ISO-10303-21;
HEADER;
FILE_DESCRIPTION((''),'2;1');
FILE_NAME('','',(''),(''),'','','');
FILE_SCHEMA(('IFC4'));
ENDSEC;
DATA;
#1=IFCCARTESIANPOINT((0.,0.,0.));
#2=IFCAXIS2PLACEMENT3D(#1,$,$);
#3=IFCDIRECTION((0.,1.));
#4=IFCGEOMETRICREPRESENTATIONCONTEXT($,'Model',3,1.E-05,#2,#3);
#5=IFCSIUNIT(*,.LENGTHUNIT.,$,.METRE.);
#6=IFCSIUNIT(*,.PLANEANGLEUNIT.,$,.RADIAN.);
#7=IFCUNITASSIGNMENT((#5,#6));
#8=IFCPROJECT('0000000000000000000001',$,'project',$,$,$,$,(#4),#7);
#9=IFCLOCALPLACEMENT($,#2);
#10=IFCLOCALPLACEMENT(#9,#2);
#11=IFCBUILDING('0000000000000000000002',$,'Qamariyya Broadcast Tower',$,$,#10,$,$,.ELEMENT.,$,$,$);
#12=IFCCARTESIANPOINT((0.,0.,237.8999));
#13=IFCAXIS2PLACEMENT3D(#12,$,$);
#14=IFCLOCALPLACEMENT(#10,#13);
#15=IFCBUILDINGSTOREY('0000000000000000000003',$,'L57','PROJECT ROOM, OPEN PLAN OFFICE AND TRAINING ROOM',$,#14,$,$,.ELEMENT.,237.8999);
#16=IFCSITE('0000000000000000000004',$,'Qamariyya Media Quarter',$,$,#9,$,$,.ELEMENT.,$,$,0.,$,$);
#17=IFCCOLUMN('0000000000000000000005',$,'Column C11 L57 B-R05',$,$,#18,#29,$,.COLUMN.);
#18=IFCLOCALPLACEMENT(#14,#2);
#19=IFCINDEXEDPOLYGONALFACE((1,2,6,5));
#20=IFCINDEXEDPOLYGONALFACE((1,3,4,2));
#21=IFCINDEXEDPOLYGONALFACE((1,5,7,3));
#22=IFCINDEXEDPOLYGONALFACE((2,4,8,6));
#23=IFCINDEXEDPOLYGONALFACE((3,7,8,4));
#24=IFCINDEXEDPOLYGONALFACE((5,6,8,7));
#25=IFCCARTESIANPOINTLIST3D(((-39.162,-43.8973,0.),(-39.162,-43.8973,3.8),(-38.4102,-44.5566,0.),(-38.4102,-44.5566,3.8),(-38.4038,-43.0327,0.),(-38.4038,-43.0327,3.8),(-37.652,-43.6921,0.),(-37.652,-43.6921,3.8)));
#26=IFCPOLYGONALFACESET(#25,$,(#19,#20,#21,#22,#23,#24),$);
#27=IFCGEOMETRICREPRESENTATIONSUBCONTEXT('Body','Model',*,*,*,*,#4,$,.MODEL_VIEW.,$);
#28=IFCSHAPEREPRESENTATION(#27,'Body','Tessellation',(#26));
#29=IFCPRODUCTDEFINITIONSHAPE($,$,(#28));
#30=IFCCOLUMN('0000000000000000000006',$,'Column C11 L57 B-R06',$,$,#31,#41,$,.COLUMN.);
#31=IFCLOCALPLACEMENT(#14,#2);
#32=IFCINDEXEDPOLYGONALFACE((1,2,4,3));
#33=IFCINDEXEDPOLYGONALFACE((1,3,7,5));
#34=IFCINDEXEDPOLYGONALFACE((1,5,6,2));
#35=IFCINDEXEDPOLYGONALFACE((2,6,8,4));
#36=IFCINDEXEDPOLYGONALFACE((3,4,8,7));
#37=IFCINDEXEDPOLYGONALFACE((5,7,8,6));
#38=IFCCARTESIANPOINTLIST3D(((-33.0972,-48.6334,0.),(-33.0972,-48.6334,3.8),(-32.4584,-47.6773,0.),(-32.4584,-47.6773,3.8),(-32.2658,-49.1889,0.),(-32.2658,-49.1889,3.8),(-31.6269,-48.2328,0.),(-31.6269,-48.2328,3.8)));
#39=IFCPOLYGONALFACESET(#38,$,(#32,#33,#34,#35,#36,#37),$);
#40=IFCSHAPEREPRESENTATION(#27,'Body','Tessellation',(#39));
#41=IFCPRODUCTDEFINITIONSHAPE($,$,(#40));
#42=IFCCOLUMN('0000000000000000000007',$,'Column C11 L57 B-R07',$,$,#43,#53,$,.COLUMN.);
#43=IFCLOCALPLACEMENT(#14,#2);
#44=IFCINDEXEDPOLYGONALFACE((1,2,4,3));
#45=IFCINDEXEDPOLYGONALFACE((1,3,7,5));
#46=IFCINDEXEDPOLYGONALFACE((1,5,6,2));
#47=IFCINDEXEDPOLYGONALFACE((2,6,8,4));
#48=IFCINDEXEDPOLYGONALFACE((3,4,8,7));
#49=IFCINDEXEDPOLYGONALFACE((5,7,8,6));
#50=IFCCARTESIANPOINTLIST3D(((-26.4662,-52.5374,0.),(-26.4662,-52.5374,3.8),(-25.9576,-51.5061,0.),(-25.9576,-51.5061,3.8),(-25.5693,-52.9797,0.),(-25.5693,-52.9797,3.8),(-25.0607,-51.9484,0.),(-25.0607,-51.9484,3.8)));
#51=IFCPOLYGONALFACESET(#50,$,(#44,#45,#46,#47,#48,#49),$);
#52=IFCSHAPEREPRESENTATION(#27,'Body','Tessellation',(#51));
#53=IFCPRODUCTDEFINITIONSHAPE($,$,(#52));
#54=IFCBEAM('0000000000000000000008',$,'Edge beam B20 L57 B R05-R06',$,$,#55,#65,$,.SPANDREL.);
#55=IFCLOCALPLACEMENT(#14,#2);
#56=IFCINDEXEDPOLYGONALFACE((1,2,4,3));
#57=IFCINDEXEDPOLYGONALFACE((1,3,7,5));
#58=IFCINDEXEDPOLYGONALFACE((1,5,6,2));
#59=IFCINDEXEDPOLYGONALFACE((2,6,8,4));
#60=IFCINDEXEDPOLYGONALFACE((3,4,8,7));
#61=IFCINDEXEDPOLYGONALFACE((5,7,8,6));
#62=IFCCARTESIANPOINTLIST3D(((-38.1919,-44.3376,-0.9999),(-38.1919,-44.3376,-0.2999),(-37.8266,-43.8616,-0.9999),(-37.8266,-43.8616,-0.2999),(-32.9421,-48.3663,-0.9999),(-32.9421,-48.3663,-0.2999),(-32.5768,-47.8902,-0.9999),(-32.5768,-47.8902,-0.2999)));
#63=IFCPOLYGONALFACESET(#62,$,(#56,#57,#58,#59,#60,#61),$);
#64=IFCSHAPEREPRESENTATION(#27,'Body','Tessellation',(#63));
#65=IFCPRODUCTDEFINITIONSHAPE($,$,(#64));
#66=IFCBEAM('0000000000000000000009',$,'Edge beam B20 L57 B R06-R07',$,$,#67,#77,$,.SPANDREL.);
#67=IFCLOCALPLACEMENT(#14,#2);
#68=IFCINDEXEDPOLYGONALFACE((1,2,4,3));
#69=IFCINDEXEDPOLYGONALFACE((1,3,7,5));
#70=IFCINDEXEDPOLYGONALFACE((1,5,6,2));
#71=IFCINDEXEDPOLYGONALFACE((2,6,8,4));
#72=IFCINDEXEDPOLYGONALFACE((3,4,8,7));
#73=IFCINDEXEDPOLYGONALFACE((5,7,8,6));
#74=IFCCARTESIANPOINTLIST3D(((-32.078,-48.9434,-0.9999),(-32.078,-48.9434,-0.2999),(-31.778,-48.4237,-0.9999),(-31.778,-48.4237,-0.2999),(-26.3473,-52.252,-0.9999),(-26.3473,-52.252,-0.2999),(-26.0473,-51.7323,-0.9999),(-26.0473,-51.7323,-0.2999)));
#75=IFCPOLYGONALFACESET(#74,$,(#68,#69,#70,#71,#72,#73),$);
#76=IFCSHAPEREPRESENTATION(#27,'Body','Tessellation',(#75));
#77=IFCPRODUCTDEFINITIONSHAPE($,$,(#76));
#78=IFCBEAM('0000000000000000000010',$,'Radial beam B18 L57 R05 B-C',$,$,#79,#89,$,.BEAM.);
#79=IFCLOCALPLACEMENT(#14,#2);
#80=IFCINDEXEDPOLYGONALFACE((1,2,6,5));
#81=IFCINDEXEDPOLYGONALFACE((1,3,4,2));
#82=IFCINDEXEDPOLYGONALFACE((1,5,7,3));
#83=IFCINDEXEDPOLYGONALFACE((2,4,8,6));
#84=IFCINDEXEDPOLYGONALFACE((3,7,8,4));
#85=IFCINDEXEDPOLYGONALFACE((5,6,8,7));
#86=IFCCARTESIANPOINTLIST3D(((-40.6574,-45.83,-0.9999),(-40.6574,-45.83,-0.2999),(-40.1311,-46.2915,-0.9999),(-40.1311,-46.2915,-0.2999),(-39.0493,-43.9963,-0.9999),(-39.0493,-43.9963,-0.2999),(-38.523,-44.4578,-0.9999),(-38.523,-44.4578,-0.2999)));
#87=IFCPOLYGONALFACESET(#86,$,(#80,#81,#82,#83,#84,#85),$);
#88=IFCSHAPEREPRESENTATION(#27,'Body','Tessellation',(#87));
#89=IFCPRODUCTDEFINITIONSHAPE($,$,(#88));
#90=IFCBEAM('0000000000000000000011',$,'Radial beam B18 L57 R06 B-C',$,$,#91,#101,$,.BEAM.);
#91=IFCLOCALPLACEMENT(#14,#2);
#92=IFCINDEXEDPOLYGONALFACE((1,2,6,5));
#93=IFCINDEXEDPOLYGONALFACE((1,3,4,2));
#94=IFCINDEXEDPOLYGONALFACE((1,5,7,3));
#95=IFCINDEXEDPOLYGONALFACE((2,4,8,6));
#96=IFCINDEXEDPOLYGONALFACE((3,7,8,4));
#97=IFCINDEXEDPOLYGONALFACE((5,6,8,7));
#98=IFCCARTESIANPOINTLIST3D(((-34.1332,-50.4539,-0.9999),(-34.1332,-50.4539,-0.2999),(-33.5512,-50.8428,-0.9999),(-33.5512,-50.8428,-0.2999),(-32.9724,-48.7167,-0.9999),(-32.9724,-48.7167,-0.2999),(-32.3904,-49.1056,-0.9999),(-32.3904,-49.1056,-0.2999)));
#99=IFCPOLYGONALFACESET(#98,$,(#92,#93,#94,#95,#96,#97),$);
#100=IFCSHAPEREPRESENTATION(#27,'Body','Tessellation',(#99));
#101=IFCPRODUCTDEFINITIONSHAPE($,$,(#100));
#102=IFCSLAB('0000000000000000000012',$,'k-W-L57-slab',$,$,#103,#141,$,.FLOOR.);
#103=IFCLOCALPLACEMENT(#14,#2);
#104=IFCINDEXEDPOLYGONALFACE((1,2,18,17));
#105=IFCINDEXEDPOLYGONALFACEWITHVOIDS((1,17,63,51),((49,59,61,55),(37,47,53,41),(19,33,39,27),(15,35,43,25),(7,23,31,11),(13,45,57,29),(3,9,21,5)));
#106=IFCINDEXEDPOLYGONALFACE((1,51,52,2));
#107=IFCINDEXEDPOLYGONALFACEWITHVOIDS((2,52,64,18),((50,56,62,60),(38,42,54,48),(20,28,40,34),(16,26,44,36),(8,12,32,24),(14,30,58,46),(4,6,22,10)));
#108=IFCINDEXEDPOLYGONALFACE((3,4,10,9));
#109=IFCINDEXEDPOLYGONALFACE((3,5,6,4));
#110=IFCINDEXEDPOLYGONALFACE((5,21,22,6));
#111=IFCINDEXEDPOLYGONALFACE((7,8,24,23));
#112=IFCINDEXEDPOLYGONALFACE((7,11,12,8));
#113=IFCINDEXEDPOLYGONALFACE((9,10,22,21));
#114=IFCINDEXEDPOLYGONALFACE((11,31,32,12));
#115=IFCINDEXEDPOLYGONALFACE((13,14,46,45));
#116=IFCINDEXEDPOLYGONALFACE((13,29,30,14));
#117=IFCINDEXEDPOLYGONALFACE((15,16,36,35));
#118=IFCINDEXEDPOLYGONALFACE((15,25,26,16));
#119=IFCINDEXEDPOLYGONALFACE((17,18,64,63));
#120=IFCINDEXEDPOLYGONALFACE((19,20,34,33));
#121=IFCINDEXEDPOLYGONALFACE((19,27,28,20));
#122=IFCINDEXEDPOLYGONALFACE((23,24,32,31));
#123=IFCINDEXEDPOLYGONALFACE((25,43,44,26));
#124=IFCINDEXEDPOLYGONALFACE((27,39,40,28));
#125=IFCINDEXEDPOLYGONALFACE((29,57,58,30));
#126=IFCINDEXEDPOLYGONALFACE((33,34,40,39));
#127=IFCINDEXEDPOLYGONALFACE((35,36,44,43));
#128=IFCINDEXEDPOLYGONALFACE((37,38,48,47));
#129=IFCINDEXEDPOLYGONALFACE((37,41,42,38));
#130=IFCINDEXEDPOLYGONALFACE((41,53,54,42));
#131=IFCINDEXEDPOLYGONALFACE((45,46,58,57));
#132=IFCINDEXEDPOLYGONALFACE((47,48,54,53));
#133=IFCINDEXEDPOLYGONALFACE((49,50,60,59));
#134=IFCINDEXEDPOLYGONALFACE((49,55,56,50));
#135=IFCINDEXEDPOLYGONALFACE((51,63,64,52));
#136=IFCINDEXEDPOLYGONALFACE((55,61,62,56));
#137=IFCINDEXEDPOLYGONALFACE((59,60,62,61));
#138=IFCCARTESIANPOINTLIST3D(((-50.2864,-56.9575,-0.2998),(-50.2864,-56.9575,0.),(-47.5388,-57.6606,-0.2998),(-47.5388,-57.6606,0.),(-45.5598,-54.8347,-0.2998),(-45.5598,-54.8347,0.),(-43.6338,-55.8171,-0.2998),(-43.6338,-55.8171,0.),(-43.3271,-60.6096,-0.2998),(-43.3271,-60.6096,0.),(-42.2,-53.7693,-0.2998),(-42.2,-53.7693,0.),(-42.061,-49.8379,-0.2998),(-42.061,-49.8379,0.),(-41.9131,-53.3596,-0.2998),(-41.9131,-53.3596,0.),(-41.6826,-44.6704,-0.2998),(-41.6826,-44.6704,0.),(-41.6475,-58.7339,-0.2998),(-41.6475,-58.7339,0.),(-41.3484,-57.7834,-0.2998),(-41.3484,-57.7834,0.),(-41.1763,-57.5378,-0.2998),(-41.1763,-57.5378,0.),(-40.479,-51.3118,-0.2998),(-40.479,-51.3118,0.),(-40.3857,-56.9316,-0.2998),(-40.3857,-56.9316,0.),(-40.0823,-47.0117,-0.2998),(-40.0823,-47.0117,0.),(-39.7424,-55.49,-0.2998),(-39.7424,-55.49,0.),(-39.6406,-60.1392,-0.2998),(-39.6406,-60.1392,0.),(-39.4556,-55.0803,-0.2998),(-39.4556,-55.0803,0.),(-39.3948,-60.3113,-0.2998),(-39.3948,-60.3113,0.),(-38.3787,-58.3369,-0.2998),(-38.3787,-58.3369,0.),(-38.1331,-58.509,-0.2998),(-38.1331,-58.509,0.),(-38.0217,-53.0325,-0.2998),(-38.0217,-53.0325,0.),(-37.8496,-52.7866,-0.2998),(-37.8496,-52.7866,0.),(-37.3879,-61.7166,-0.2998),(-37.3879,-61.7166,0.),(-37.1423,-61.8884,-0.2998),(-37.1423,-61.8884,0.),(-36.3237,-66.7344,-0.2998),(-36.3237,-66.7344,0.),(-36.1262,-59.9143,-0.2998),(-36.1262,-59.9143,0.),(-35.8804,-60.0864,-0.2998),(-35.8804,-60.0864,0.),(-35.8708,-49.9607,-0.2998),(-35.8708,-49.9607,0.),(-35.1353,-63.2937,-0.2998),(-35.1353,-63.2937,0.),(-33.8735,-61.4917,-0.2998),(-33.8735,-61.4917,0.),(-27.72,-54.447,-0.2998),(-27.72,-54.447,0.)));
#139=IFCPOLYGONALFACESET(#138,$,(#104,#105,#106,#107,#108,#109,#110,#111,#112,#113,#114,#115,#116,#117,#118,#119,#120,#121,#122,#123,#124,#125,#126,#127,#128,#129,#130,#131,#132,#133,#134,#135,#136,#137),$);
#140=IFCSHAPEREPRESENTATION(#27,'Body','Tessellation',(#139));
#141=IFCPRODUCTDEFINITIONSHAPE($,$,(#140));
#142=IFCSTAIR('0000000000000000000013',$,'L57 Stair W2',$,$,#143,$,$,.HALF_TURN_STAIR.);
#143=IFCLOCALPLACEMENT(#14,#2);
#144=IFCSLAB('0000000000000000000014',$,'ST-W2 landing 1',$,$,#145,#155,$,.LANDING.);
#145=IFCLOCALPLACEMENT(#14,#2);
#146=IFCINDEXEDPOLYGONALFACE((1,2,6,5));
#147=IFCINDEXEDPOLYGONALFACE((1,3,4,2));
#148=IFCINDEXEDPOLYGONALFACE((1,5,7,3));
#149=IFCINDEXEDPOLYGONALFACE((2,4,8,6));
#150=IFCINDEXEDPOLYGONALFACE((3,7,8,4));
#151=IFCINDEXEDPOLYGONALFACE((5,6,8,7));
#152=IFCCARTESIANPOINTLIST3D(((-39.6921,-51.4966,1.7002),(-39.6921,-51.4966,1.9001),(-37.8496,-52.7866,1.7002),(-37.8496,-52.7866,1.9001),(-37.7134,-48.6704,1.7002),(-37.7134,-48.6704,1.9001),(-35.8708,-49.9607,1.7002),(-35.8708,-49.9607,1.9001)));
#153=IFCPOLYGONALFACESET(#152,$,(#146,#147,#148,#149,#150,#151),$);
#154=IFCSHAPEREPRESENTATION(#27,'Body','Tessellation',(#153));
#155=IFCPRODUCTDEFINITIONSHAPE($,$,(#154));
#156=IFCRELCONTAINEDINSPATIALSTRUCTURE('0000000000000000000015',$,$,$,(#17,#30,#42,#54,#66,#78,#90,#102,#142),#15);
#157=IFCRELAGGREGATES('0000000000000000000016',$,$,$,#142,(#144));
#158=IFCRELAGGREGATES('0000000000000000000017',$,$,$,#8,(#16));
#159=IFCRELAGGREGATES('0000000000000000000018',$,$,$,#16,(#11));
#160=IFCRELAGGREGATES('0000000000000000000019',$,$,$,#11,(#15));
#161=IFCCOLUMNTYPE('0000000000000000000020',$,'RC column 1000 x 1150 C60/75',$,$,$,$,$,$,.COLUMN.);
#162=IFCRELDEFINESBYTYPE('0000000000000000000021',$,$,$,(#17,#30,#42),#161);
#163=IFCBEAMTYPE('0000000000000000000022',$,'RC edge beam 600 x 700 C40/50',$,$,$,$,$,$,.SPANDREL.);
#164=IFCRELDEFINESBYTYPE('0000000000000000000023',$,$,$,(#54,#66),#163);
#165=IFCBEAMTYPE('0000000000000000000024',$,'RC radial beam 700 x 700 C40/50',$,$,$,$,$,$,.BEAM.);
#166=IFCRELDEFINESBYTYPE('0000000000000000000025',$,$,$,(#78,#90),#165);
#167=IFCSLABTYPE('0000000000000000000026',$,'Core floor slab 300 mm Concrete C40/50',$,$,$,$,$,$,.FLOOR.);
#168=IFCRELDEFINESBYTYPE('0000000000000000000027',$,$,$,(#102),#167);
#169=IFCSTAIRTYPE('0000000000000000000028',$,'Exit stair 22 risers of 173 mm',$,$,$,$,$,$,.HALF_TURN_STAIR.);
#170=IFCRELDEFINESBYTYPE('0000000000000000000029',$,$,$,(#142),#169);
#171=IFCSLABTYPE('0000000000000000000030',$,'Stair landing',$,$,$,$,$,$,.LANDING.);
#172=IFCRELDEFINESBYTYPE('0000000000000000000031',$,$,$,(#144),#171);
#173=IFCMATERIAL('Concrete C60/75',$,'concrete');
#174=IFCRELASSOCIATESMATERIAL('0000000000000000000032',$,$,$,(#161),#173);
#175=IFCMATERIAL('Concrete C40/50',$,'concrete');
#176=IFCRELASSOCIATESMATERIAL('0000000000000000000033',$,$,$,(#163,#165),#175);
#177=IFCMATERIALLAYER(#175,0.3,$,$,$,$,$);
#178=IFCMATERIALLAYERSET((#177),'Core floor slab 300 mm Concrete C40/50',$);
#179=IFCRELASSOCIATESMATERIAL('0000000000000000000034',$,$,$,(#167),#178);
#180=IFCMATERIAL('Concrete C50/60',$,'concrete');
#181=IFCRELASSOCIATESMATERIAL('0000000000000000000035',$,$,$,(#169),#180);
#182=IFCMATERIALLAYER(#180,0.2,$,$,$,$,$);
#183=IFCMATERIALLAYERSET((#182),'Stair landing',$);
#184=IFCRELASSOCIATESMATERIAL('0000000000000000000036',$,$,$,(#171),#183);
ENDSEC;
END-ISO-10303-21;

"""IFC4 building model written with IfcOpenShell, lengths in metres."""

from ifc_helpers import new_model, si_unit, direction, frame, origin, origin_2d, place, context, subcontext, project, spatial, polyline, rectangle, outline, extrude, material, layer, layer_set, material_profile, profile_set, type_object, element, aggregate, save


model = new_model("IFC4")

# Units and contexts
model_context = context("Model", 3, precision=1e-05, world=origin(), true_north=direction((0.0, 1.0)))
body_context = subcontext(model_context, "Body", "Model", "MODEL_VIEW")
ifc_project = project(units=[si_unit("LENGTHUNIT", "METRE"), si_unit("PLANEANGLEUNIT", "RADIAN")], contexts=[model_context])

# Site, building, storey
site_placement = place(None, origin())
site = spatial("IfcSite", under=ifc_project, at=site_placement, Name="Qamariyya Media Quarter", CompositionType="ELEMENT", RefElevation=0.0)
building_placement = place(site_placement, origin())
building = spatial("IfcBuilding", under=site, at=building_placement, Name="Qamariyya Broadcast Tower", CompositionType="ELEMENT")
storey_placement = place(building_placement, frame((0.0, 0.0, 237.8999)))
storey = spatial("IfcBuildingStorey", under=building, at=storey_placement, Name="L57", Description="PROJECT ROOM, OPEN PLAN OFFICE AND TRAINING ROOM", CompositionType="ELEMENT", Elevation=237.8999)

# Columns
ifc_material_1 = material(Name="Concrete C60/75", Category="concrete")
ifc_material_profile_1 = material_profile(ifc_material_1, rectangle(XDim=1.0, YDim=1.1499, at=origin_2d()))
ifc_profile_set_1 = profile_set([ifc_material_profile_1], Name="Concrete C60/75")
column_type = type_object("IfcColumnType", Name="RC column 1000 x 1150 C60/75", PredefinedType="COLUMN", material=ifc_profile_set_1)
for number, where, z_axis, x_axis, name in (
    (1, (-38.407, -43.7947, 0.0), (0.0, 0.0, 1.0), (0.75184, -0.659346, 0.0), "Column C11 L57 B-R05"),
    (2, (-32.3621, -48.4331, 0.0), (0.0, 0.0, 1.0), (0.83147, -0.55557, 0.0), "Column C11 L57 B-R06"),
    (3, (-25.7634, -52.2429, 0.0), (0.0, 0.0, 1.0), (0.896873, -0.442289, 0.0), "Column C11 L57 B-R07"),
):
    element("IfcColumn", number, at=place(storey_placement, frame(where, z_axis=z_axis, x_axis=x_axis)), inside=storey, type_object=column_type, Name=name, PredefinedType="COLUMN", context=body_context, shape_type="SweptSolid", body=[
        extrude(rectangle(XDim=1.0, YDim=1.1499, at=origin_2d()), origin(), (0.0, 0.0, 1.0), 3.8),
    ])

# Beams
ifc_material_2 = material(Name="Concrete C40/50", Category="concrete")
ifc_material_profile_2 = material_profile(ifc_material_2, rectangle(XDim=0.6001, YDim=0.7, at=origin_2d()))
ifc_profile_set_2 = profile_set([ifc_material_profile_2], Name="Concrete C40/50")
beam_type_1 = type_object("IfcBeamType", Name="RC edge beam 600 x 700 C40/50", PredefinedType="SPANDREL", material=ifc_profile_set_2)
beam_1_placement = place(storey_placement, frame((-38.0093, -44.0996, -0.6499), z_axis=(0.793333, -0.608789, 0.0), x_axis=(0.608789, 0.793333, 0.0)))
element("IfcBeam", 4, at=beam_1_placement, inside=storey, type_object=beam_type_1, Name="Edge beam B20 L57 B R05-R06", PredefinedType="SPANDREL", context=body_context, shape_type="SweptSolid", body=[
    extrude(rectangle(XDim=0.6001, YDim=0.7, at=origin_2d()), origin(), (0.0, 0.0, 1.0), 6.6174),
])
beam_2_placement = place(storey_placement, frame((-31.928, -48.6836, -0.6499), z_axis=(0.866028, -0.499996, 0.0), x_axis=(0.499996, 0.866028, 0.0)))
element("IfcBeam", 5, at=beam_2_placement, inside=storey, type_object=beam_type_1, Name="Edge beam B20 L57 B R06-R07", PredefinedType="SPANDREL", context=body_context, shape_type="SweptSolid", body=[
    extrude(rectangle(XDim=0.6001, YDim=0.7, at=origin_2d()), origin(), (0.0, 0.0, 1.0), 6.6172),
])
ifc_material_profile_3 = material_profile(ifc_material_2, rectangle(XDim=0.7, YDim=0.7, at=origin_2d()))
ifc_profile_set_3 = profile_set([ifc_material_profile_3], Name="Concrete C40/50")
beam_type_2 = type_object("IfcBeamType", Name="RC radial beam 700 x 700 C40/50", PredefinedType="BEAM", material=ifc_profile_set_3)
beam_3_placement = place(storey_placement, frame((-38.7861, -44.2271, -0.6499), z_axis=(-0.659348, -0.751838, 0.0), x_axis=(0.751838, -0.659348, 0.0)))
element("IfcBeam", 6, at=beam_3_placement, inside=storey, type_object=beam_type_2, Name="Radial beam B18 L57 R05 B-C", PredefinedType="BEAM", context=body_context, shape_type="SweptSolid", body=[
    extrude(rectangle(XDim=0.7, YDim=0.7, at=origin_2d()), origin(), (0.0, 0.0, 1.0), 2.439),
])
beam_4_placement = place(storey_placement, frame((-32.6814, -48.9111, -0.6499), z_axis=(-0.55559, -0.831457, 0.0), x_axis=(0.831457, -0.55559, 0.0)))
element("IfcBeam", 7, at=beam_4_placement, inside=storey, type_object=beam_type_2, Name="Radial beam B18 L57 R06 B-C", PredefinedType="BEAM", context=body_context, shape_type="SweptSolid", body=[
    extrude(rectangle(XDim=0.7, YDim=0.7, at=origin_2d()), origin(), (0.0, 0.0, 1.0), 2.0894),
])

# Slab
ifc_layer_1 = layer(ifc_material_2, 0.3)
ifc_layer_set_1 = layer_set([ifc_layer_1], Name="Core floor slab 300 mm Concrete C40/50")
slab_type_1 = type_object("IfcSlabType", Name="Core floor slab 300 mm Concrete C40/50", PredefinedType="FLOOR", material=ifc_layer_set_1)
slab_1_placement = place(storey_placement, frame((0.0, 0.0, -0.2998)))
element("IfcSlab", 8, at=slab_1_placement, inside=storey, type_object=slab_type_1, Name="k-W-L57-slab", PredefinedType="FLOOR", context=body_context, shape_type="SweptSolid", body=[
    extrude(outline(polyline([(-50.2864, -56.9575), (-36.3237, -66.7344), (-27.72, -54.447), (-41.6826, -44.6704), (-50.2864, -56.9575)]), holes=[polyline([(-33.8735, -61.4917), (-35.8804, -60.0864), (-37.1423, -61.8884), (-35.1353, -63.2937), (-33.8735, -61.4917)]), polyline([(-36.1262, -59.9143), (-38.1331, -58.509), (-39.3948, -60.3113), (-37.3879, -61.7166), (-36.1262, -59.9143)]), polyline([(-38.3787, -58.3369), (-40.3857, -56.9316), (-41.6475, -58.7339), (-39.6406, -60.1392), (-38.3787, -58.3369)]), polyline([(-39.7424, -55.49), (-42.2, -53.7693), (-43.6338, -55.8171), (-41.1763, -57.5378), (-39.7424, -55.49)]), polyline([(-39.4556, -55.0803), (-41.9131, -53.3596), (-40.479, -51.3118), (-38.0217, -53.0325), (-39.4556, -55.0803)]), polyline([(-42.061, -49.8379), (-37.8496, -52.7866), (-35.8708, -49.9607), (-40.0823, -47.0117), (-42.061, -49.8379)]), polyline([(-47.5388, -57.6606), (-43.3271, -60.6096), (-41.3484, -57.7834), (-45.5598, -54.8347), (-47.5388, -57.6606)])]), origin(), (0.0, 0.0, 1.0), 0.2998),
])

# Stair, slab
ifc_material_3 = material(Name="Concrete C50/60", Category="concrete")
stair_type = type_object("IfcStairType", Name="Exit stair 22 risers of 173 mm", PredefinedType="HALF_TURN_STAIR", material=ifc_material_3)
stair_placement = place(storey_placement, origin())
stair = element("IfcStair", 9, at=stair_placement, inside=storey, type_object=stair_type, Name="L57 Stair W2", PredefinedType="HALF_TURN_STAIR")
ifc_layer_2 = layer(ifc_material_3, 0.2)
ifc_layer_set_2 = layer_set([ifc_layer_2], Name="Stair landing")
slab_type_2 = type_object("IfcSlabType", Name="Stair landing", PredefinedType="LANDING", material=ifc_layer_set_2)
slab_2_placement = place(storey_placement, frame((0.0, 0.0, 1.7002)))
slab_2 = element("IfcSlab", 10, at=slab_2_placement, type_object=slab_type_2, Name="ST-W2 landing 1", PredefinedType="LANDING", context=body_context, shape_type="SweptSolid", body=[
    extrude(outline(polyline([(-39.6921, -51.4966), (-37.8496, -52.7866), (-35.8708, -49.9607), (-37.7134, -48.6704), (-39.6921, -51.4966)])), origin(), (0.0, 0.0, 1.0), 0.2),
])
aggregate(stair, [slab_2])

save(model, "model.ifc")
